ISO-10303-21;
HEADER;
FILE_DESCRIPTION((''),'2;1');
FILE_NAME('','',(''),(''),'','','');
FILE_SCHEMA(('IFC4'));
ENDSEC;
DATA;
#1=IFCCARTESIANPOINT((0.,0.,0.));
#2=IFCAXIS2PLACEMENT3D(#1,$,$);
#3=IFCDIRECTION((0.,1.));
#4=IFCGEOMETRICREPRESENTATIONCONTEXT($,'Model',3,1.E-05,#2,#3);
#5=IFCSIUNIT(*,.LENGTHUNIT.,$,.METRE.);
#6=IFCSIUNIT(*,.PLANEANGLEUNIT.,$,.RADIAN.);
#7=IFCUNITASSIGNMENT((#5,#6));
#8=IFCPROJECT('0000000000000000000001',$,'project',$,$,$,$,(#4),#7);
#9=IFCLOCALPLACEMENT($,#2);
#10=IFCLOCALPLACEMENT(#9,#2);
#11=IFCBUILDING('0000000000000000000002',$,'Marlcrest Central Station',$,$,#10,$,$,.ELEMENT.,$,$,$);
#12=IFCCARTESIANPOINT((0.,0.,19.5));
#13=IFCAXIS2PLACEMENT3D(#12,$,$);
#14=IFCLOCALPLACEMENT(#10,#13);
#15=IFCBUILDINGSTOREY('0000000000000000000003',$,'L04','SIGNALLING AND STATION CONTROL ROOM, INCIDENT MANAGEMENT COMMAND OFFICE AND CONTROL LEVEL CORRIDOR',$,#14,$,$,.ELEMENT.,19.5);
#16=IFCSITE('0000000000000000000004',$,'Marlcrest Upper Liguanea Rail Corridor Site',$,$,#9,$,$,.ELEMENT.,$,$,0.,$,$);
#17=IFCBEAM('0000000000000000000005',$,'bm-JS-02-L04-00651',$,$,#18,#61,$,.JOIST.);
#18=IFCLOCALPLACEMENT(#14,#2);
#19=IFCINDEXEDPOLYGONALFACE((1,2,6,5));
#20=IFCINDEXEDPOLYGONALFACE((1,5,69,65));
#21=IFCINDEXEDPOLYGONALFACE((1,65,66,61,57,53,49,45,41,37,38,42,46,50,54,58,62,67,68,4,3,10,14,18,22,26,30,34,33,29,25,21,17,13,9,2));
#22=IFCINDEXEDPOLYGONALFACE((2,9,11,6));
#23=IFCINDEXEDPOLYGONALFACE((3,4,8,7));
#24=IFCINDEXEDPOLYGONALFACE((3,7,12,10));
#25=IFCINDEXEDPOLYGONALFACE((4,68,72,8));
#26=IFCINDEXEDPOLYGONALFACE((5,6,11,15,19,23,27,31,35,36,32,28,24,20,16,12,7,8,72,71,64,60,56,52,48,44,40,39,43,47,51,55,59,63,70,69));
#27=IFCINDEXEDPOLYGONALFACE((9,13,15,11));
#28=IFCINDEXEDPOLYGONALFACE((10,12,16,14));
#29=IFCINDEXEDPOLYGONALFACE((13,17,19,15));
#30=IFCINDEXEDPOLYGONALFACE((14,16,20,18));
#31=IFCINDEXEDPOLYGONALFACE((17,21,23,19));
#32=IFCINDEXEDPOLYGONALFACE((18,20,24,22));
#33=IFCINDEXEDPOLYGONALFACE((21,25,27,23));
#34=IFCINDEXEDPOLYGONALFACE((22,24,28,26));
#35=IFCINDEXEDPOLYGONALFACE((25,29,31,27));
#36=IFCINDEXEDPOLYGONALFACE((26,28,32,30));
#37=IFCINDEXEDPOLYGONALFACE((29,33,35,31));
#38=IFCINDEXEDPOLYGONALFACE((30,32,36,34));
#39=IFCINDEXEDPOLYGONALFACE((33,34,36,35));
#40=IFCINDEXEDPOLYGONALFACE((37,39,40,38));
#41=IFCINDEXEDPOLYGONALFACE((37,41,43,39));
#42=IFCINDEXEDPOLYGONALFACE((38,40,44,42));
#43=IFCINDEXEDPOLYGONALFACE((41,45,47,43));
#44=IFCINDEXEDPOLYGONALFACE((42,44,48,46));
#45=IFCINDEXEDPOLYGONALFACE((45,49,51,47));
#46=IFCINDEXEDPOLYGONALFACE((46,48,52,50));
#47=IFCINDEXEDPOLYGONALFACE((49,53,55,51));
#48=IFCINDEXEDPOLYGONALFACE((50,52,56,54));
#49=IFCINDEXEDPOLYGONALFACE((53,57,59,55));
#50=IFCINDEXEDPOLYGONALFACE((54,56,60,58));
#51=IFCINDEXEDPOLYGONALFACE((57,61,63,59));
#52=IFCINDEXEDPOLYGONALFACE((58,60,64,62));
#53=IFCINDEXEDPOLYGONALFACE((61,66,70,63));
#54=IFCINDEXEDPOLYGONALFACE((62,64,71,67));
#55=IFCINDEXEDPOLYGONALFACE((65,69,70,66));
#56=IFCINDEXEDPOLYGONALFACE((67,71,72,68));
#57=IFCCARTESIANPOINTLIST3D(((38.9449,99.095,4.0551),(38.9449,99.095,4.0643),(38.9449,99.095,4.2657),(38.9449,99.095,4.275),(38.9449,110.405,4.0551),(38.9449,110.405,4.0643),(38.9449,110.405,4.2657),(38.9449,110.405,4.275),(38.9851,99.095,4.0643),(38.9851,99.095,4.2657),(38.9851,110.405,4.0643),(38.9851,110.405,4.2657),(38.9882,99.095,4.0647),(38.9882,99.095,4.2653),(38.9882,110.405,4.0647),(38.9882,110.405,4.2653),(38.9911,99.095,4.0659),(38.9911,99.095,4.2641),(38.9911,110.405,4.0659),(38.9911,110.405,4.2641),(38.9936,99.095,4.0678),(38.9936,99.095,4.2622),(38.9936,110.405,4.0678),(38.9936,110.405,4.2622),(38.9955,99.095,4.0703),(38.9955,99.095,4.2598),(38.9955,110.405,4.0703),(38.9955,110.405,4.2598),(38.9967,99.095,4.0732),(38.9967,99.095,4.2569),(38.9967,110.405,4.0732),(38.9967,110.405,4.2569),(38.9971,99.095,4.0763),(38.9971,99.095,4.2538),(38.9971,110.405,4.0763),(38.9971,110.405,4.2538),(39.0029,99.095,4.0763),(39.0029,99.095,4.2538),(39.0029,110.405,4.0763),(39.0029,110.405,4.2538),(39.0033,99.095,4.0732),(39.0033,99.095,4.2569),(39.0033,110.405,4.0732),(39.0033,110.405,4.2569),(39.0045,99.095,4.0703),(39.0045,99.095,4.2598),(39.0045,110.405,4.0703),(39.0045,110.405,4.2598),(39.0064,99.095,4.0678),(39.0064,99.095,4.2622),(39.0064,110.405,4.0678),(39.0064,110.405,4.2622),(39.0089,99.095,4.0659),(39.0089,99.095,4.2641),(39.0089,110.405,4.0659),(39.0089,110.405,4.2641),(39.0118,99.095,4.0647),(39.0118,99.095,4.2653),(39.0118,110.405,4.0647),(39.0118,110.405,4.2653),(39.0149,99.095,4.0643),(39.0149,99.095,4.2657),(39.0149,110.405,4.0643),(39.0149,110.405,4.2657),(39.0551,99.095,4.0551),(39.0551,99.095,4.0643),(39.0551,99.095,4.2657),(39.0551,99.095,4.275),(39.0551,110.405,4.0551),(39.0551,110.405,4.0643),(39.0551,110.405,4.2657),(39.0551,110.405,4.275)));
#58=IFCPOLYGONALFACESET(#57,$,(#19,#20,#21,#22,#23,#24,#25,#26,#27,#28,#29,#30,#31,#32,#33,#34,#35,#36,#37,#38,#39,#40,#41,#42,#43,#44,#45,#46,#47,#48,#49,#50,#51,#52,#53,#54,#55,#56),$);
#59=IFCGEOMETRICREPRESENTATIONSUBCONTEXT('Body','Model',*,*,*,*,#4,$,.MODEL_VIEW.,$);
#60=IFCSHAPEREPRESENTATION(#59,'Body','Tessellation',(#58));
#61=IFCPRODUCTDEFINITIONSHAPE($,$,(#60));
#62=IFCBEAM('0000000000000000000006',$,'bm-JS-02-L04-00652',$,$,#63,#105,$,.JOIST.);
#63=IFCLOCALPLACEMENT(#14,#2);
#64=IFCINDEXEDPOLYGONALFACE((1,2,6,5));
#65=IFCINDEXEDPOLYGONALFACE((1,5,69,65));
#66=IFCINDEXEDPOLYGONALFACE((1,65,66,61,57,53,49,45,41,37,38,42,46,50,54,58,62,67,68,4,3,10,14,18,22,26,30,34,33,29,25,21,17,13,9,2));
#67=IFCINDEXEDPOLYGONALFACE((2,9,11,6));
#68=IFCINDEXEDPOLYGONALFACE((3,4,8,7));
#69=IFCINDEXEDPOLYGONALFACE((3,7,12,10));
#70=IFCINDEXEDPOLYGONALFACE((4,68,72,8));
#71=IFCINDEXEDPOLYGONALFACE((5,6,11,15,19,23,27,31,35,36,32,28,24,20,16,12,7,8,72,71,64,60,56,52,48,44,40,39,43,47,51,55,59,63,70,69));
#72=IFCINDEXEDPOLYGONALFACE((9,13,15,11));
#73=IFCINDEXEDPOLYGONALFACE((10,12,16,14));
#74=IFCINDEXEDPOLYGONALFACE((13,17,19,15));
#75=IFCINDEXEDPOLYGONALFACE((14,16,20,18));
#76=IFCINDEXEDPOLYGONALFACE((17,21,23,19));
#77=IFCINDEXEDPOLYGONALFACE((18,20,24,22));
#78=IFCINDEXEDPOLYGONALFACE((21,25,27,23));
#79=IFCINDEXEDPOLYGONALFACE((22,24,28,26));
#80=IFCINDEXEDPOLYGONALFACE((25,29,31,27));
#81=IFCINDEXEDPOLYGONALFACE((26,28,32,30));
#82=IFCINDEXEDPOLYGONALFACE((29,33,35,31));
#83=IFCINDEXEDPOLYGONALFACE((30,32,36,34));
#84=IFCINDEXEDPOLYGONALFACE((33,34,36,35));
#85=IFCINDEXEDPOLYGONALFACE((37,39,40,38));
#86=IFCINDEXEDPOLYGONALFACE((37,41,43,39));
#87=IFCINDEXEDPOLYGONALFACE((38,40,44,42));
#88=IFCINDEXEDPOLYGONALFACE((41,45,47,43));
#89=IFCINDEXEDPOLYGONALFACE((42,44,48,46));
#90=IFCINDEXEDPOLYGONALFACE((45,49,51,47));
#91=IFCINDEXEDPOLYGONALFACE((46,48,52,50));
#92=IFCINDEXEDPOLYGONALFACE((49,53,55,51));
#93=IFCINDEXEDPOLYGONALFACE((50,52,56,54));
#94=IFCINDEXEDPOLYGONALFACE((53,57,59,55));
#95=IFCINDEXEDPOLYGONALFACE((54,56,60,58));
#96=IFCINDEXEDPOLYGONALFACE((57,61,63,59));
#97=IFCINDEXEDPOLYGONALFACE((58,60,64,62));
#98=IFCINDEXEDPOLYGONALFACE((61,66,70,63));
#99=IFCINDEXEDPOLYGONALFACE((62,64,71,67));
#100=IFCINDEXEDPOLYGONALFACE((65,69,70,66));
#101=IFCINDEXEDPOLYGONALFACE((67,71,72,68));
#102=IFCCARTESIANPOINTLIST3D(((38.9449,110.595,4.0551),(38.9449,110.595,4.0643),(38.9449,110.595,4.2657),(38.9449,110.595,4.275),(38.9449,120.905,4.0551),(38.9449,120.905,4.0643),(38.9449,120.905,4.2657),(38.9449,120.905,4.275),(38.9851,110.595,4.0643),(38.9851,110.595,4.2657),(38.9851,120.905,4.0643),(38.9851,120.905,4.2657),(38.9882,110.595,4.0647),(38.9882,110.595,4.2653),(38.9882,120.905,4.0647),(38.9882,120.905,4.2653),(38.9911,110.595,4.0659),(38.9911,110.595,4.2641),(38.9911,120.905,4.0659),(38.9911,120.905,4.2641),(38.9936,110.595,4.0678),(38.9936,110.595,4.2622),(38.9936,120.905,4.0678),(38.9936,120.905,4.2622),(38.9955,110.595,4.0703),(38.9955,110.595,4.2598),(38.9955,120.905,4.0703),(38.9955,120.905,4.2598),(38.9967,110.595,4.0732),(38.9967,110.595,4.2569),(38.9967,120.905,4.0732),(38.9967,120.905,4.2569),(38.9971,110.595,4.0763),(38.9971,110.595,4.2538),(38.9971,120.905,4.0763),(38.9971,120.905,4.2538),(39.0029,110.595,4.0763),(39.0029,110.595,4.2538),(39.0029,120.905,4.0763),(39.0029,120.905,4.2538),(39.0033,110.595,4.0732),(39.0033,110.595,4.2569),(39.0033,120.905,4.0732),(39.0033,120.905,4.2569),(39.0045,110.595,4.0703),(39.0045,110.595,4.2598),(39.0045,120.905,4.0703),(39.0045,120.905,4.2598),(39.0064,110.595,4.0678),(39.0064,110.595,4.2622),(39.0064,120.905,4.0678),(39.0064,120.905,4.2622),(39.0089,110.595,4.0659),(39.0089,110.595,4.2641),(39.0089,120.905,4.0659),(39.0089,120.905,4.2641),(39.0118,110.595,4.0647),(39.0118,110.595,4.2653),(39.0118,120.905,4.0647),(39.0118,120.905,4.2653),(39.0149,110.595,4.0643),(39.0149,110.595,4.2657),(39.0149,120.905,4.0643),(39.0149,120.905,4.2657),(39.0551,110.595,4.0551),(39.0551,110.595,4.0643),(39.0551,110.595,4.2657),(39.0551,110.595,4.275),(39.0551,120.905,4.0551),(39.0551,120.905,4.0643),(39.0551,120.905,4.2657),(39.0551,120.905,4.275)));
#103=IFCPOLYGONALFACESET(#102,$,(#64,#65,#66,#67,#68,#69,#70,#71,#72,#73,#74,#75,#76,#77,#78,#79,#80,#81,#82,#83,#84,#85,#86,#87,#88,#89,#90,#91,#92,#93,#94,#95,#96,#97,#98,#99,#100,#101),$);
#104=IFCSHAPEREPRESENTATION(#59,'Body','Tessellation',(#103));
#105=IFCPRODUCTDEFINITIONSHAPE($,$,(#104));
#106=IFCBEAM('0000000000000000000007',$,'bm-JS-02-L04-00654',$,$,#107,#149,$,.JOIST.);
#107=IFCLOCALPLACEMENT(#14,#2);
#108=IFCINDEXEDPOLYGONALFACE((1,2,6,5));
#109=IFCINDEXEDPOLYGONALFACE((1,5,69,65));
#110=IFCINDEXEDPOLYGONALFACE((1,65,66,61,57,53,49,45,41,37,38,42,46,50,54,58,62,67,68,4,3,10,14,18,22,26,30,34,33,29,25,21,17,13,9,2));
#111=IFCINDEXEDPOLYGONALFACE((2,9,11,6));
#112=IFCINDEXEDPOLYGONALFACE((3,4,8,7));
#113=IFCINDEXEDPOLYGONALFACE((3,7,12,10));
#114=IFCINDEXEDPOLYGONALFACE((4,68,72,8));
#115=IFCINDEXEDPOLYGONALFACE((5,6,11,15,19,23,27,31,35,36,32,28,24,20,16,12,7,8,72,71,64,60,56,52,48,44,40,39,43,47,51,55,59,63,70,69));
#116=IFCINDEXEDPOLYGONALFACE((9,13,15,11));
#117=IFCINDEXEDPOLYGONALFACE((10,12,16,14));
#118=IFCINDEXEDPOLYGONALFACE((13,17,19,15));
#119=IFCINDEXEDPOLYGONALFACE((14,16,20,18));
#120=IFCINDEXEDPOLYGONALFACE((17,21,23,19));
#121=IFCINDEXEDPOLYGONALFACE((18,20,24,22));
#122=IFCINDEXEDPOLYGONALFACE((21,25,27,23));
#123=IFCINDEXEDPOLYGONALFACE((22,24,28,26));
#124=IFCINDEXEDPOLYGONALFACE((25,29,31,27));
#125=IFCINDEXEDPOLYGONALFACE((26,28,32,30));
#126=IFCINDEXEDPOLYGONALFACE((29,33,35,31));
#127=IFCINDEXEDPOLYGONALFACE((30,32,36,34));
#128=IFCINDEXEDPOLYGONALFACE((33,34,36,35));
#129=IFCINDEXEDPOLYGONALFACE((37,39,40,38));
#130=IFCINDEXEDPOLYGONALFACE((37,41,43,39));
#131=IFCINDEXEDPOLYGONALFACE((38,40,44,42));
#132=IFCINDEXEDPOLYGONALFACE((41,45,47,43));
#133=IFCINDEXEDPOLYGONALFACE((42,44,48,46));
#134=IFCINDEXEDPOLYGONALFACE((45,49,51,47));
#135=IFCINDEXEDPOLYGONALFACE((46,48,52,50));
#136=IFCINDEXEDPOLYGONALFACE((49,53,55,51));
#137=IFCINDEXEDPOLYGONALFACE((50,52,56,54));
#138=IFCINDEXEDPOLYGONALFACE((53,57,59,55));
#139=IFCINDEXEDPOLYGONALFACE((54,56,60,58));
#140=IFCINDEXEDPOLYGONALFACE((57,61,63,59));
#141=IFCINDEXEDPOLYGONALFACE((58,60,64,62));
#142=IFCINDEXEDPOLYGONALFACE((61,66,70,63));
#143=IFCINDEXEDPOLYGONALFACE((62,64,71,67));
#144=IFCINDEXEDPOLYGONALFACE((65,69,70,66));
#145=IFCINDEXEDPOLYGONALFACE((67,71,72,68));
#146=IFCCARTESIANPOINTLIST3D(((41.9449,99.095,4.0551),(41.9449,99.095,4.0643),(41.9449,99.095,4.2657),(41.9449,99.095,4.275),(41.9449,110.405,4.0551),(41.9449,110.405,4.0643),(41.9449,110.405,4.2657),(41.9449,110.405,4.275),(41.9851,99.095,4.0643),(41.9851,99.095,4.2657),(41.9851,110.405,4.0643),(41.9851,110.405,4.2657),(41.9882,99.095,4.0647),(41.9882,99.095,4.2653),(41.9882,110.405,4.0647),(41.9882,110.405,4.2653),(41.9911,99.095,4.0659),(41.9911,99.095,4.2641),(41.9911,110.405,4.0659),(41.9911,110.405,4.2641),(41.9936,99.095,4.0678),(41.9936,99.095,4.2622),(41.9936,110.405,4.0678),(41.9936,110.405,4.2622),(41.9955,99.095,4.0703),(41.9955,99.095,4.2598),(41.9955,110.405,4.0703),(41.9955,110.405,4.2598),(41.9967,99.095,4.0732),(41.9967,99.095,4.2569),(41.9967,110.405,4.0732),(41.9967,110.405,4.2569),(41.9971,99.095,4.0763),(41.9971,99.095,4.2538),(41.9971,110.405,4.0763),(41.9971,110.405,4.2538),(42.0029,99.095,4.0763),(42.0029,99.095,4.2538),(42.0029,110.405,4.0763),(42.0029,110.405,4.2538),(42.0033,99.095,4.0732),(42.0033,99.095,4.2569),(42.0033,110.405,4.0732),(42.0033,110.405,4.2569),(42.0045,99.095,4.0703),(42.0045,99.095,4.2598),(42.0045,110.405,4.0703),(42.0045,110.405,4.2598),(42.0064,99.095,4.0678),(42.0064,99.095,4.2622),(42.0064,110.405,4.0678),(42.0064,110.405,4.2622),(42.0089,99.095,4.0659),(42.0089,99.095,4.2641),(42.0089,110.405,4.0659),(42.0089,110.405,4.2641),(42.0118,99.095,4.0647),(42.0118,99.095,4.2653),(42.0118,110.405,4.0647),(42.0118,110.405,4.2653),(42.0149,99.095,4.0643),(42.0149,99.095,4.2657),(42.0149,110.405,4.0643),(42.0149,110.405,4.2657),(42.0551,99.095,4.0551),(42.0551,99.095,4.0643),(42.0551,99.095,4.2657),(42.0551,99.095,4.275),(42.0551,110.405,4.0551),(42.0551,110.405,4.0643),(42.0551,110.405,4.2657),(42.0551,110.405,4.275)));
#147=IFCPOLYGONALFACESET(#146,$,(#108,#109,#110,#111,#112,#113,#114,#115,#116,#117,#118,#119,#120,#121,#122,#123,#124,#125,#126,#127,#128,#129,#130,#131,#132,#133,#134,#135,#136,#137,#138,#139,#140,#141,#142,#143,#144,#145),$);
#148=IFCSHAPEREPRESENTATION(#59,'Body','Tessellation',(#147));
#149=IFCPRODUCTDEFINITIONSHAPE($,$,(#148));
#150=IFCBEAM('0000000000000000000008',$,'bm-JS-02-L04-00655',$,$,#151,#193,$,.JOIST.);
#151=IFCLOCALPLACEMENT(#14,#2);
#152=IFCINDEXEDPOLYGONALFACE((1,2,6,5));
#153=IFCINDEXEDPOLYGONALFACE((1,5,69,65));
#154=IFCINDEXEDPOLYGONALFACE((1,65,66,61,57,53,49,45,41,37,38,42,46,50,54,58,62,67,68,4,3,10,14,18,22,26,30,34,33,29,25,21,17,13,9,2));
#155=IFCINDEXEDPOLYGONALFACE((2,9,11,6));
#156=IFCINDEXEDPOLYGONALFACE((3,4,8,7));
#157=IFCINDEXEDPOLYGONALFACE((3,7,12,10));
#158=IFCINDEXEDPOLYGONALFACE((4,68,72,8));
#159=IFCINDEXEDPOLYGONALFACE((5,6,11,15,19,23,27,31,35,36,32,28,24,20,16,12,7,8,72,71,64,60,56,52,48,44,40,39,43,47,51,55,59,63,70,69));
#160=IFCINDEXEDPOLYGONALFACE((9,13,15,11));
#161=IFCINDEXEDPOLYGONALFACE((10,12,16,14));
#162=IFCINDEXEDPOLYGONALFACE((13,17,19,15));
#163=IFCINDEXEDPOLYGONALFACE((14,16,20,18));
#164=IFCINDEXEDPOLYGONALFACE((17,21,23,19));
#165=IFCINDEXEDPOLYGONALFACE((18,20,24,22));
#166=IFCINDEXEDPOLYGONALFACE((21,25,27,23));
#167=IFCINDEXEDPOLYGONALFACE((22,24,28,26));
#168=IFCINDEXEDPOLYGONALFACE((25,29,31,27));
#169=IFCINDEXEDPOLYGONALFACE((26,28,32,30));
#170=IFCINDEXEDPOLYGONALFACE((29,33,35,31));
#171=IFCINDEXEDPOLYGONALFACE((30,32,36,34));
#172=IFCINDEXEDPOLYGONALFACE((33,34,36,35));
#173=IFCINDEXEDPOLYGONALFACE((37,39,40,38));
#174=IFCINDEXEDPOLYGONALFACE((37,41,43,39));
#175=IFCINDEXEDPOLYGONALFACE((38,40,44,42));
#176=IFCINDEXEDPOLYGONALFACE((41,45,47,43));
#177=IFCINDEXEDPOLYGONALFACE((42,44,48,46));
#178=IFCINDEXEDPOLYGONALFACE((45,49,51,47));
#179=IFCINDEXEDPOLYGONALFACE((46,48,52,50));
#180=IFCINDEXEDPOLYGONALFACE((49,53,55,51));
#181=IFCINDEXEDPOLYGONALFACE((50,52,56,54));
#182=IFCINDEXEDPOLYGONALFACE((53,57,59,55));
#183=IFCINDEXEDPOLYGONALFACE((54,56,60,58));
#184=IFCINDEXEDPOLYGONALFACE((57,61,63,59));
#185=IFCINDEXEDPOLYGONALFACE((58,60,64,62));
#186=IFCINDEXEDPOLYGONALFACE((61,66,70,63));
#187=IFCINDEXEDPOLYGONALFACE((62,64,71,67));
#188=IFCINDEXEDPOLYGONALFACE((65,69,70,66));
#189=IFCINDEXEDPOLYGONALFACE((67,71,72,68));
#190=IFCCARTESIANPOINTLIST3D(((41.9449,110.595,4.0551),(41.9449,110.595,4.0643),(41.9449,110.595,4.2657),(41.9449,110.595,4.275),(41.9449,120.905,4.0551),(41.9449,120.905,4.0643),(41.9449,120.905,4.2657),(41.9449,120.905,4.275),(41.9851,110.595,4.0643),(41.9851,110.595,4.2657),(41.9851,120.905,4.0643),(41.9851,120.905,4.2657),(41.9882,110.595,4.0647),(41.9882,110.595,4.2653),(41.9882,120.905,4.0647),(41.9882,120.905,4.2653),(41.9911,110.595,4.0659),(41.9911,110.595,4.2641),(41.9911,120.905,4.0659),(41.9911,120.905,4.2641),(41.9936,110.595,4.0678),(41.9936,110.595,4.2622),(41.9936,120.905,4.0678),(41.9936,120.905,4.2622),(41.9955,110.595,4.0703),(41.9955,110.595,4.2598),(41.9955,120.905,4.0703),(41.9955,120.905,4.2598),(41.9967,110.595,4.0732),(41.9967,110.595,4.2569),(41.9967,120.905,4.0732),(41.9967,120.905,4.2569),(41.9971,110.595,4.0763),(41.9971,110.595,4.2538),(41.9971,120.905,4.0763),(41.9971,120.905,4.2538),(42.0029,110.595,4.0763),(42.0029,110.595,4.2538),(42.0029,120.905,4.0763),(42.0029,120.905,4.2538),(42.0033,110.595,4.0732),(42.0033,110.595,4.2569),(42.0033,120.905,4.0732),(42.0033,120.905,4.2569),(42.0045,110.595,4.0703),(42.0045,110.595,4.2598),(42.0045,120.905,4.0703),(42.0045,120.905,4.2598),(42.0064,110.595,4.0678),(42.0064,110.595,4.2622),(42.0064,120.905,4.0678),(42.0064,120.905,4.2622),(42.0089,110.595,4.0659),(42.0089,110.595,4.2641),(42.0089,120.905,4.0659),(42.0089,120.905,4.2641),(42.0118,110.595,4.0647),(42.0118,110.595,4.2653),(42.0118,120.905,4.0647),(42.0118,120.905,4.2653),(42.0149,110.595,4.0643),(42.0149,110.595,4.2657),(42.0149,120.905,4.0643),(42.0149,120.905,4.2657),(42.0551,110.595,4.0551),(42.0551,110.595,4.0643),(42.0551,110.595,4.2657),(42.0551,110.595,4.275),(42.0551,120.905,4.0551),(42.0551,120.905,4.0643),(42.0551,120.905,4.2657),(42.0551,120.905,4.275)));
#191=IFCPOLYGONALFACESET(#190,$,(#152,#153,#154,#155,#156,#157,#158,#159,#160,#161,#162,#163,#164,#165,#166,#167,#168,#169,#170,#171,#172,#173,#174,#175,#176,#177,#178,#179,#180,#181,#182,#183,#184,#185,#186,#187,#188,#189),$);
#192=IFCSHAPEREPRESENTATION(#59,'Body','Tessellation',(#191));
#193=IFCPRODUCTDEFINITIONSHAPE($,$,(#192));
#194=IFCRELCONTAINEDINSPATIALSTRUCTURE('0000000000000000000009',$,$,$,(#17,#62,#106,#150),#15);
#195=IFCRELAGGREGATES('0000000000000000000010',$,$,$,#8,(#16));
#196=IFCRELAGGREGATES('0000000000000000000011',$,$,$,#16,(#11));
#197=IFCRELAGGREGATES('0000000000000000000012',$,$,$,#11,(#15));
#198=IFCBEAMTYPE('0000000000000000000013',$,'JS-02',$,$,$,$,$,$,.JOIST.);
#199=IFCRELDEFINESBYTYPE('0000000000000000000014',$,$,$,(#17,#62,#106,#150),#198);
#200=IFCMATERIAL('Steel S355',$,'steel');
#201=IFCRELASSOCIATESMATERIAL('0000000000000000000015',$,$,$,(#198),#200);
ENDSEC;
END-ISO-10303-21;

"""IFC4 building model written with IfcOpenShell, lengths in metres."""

from ifc_helpers import new_model, si_unit, direction, frame, origin, origin_2d, place, context, subcontext, project, spatial, i_section, extrude, material, material_profile, profile_set, type_object, element, save


model = new_model("IFC4")

# Units and contexts
model_context = context("Model", 3, precision=1e-05, world=origin(), true_north=direction((0.0, 1.0)))
body_context = subcontext(model_context, "Body", "Model", "MODEL_VIEW")
ifc_project = project(units=[si_unit("LENGTHUNIT", "METRE"), si_unit("PLANEANGLEUNIT", "RADIAN")], contexts=[model_context])

# Site, building, storey
site_placement = place(None, origin())
site = spatial("IfcSite", under=ifc_project, at=site_placement, Name="Marlcrest Upper Liguanea Rail Corridor Site", CompositionType="ELEMENT", RefElevation=0.0)
building_placement = place(site_placement, origin())
building = spatial("IfcBuilding", under=site, at=building_placement, Name="Marlcrest Central Station", CompositionType="ELEMENT")
storey_placement = place(building_placement, frame((0.0, 0.0, 19.5)))
storey = spatial("IfcBuildingStorey", under=building, at=storey_placement, Name="L04", Description="SIGNALLING AND STATION CONTROL ROOM, INCIDENT MANAGEMENT COMMAND OFFICE AND CONTROL LEVEL CORRIDOR", CompositionType="ELEMENT", Elevation=19.5)

# Shared definitions
ifc_material_1 = material(Name="Steel S355", Category="steel")

# Beams
ifc_material_profile_1 = material_profile(ifc_material_1, i_section(OverallWidth=0.1101, OverallDepth=0.22, WebThickness=0.0059, FlangeThickness=0.0093, FilletRadius=0.012, at=origin_2d()), Name="IPE 220")
ifc_profile_set_1 = profile_set([ifc_material_profile_1], Name="Steel S355")
beam_type_1 = type_object("IfcBeamType", Name="JS-02", PredefinedType="JOIST", material=ifc_profile_set_1)
beam_1_placement = place(storey_placement, frame((39.0, 99.095, 4.165), z_axis=(0.0, 1.0, 0.0), x_axis=(-1.0, 0.0, 0.0)))
element("IfcBeam", 1, at=beam_1_placement, inside=storey, type_object=beam_type_1, Name="bm-JS-02-L04-00651", PredefinedType="JOIST", context=body_context, shape_type="SweptSolid", body=[
    extrude(i_section(OverallWidth=0.1101, OverallDepth=0.22, WebThickness=0.0059, FlangeThickness=0.0093, FilletRadius=0.012, at=origin_2d()), origin(), (0.0, 0.0, 1.0), 11.3101),
])
beam_2_placement = place(storey_placement, frame((39.0, 110.595, 4.165), z_axis=(0.0, 1.0, 0.0), x_axis=(-1.0, 0.0, 0.0)))
element("IfcBeam", 2, at=beam_2_placement, inside=storey, type_object=beam_type_1, Name="bm-JS-02-L04-00652", PredefinedType="JOIST", context=body_context, shape_type="SweptSolid", body=[
    extrude(i_section(OverallWidth=0.1101, OverallDepth=0.22, WebThickness=0.0059, FlangeThickness=0.0093, FilletRadius=0.012, at=origin_2d()), origin(), (0.0, 0.0, 1.0), 10.3101),
])
beam_3_placement = place(storey_placement, frame((42.0, 99.095, 4.165), z_axis=(0.0, 1.0, 0.0), x_axis=(-1.0, 0.0, 0.0)))
element("IfcBeam", 3, at=beam_3_placement, inside=storey, type_object=beam_type_1, Name="bm-JS-02-L04-00654", PredefinedType="JOIST", context=body_context, shape_type="SweptSolid", body=[
    extrude(i_section(OverallWidth=0.1101, OverallDepth=0.22, WebThickness=0.0059, FlangeThickness=0.0093, FilletRadius=0.012, at=origin_2d()), origin(), (0.0, 0.0, 1.0), 11.3101),
])
beam_4_placement = place(storey_placement, frame((42.0, 110.595, 4.165), z_axis=(0.0, 1.0, 0.0), x_axis=(-1.0, 0.0, 0.0)))
element("IfcBeam", 4, at=beam_4_placement, inside=storey, type_object=beam_type_1, Name="bm-JS-02-L04-00655", PredefinedType="JOIST", context=body_context, shape_type="SweptSolid", body=[
    extrude(i_section(OverallWidth=0.1101, OverallDepth=0.22, WebThickness=0.0059, FlangeThickness=0.0093, FilletRadius=0.012, at=origin_2d()), origin(), (0.0, 0.0, 1.0), 10.3101),
])

save(model, "model.ifc")
